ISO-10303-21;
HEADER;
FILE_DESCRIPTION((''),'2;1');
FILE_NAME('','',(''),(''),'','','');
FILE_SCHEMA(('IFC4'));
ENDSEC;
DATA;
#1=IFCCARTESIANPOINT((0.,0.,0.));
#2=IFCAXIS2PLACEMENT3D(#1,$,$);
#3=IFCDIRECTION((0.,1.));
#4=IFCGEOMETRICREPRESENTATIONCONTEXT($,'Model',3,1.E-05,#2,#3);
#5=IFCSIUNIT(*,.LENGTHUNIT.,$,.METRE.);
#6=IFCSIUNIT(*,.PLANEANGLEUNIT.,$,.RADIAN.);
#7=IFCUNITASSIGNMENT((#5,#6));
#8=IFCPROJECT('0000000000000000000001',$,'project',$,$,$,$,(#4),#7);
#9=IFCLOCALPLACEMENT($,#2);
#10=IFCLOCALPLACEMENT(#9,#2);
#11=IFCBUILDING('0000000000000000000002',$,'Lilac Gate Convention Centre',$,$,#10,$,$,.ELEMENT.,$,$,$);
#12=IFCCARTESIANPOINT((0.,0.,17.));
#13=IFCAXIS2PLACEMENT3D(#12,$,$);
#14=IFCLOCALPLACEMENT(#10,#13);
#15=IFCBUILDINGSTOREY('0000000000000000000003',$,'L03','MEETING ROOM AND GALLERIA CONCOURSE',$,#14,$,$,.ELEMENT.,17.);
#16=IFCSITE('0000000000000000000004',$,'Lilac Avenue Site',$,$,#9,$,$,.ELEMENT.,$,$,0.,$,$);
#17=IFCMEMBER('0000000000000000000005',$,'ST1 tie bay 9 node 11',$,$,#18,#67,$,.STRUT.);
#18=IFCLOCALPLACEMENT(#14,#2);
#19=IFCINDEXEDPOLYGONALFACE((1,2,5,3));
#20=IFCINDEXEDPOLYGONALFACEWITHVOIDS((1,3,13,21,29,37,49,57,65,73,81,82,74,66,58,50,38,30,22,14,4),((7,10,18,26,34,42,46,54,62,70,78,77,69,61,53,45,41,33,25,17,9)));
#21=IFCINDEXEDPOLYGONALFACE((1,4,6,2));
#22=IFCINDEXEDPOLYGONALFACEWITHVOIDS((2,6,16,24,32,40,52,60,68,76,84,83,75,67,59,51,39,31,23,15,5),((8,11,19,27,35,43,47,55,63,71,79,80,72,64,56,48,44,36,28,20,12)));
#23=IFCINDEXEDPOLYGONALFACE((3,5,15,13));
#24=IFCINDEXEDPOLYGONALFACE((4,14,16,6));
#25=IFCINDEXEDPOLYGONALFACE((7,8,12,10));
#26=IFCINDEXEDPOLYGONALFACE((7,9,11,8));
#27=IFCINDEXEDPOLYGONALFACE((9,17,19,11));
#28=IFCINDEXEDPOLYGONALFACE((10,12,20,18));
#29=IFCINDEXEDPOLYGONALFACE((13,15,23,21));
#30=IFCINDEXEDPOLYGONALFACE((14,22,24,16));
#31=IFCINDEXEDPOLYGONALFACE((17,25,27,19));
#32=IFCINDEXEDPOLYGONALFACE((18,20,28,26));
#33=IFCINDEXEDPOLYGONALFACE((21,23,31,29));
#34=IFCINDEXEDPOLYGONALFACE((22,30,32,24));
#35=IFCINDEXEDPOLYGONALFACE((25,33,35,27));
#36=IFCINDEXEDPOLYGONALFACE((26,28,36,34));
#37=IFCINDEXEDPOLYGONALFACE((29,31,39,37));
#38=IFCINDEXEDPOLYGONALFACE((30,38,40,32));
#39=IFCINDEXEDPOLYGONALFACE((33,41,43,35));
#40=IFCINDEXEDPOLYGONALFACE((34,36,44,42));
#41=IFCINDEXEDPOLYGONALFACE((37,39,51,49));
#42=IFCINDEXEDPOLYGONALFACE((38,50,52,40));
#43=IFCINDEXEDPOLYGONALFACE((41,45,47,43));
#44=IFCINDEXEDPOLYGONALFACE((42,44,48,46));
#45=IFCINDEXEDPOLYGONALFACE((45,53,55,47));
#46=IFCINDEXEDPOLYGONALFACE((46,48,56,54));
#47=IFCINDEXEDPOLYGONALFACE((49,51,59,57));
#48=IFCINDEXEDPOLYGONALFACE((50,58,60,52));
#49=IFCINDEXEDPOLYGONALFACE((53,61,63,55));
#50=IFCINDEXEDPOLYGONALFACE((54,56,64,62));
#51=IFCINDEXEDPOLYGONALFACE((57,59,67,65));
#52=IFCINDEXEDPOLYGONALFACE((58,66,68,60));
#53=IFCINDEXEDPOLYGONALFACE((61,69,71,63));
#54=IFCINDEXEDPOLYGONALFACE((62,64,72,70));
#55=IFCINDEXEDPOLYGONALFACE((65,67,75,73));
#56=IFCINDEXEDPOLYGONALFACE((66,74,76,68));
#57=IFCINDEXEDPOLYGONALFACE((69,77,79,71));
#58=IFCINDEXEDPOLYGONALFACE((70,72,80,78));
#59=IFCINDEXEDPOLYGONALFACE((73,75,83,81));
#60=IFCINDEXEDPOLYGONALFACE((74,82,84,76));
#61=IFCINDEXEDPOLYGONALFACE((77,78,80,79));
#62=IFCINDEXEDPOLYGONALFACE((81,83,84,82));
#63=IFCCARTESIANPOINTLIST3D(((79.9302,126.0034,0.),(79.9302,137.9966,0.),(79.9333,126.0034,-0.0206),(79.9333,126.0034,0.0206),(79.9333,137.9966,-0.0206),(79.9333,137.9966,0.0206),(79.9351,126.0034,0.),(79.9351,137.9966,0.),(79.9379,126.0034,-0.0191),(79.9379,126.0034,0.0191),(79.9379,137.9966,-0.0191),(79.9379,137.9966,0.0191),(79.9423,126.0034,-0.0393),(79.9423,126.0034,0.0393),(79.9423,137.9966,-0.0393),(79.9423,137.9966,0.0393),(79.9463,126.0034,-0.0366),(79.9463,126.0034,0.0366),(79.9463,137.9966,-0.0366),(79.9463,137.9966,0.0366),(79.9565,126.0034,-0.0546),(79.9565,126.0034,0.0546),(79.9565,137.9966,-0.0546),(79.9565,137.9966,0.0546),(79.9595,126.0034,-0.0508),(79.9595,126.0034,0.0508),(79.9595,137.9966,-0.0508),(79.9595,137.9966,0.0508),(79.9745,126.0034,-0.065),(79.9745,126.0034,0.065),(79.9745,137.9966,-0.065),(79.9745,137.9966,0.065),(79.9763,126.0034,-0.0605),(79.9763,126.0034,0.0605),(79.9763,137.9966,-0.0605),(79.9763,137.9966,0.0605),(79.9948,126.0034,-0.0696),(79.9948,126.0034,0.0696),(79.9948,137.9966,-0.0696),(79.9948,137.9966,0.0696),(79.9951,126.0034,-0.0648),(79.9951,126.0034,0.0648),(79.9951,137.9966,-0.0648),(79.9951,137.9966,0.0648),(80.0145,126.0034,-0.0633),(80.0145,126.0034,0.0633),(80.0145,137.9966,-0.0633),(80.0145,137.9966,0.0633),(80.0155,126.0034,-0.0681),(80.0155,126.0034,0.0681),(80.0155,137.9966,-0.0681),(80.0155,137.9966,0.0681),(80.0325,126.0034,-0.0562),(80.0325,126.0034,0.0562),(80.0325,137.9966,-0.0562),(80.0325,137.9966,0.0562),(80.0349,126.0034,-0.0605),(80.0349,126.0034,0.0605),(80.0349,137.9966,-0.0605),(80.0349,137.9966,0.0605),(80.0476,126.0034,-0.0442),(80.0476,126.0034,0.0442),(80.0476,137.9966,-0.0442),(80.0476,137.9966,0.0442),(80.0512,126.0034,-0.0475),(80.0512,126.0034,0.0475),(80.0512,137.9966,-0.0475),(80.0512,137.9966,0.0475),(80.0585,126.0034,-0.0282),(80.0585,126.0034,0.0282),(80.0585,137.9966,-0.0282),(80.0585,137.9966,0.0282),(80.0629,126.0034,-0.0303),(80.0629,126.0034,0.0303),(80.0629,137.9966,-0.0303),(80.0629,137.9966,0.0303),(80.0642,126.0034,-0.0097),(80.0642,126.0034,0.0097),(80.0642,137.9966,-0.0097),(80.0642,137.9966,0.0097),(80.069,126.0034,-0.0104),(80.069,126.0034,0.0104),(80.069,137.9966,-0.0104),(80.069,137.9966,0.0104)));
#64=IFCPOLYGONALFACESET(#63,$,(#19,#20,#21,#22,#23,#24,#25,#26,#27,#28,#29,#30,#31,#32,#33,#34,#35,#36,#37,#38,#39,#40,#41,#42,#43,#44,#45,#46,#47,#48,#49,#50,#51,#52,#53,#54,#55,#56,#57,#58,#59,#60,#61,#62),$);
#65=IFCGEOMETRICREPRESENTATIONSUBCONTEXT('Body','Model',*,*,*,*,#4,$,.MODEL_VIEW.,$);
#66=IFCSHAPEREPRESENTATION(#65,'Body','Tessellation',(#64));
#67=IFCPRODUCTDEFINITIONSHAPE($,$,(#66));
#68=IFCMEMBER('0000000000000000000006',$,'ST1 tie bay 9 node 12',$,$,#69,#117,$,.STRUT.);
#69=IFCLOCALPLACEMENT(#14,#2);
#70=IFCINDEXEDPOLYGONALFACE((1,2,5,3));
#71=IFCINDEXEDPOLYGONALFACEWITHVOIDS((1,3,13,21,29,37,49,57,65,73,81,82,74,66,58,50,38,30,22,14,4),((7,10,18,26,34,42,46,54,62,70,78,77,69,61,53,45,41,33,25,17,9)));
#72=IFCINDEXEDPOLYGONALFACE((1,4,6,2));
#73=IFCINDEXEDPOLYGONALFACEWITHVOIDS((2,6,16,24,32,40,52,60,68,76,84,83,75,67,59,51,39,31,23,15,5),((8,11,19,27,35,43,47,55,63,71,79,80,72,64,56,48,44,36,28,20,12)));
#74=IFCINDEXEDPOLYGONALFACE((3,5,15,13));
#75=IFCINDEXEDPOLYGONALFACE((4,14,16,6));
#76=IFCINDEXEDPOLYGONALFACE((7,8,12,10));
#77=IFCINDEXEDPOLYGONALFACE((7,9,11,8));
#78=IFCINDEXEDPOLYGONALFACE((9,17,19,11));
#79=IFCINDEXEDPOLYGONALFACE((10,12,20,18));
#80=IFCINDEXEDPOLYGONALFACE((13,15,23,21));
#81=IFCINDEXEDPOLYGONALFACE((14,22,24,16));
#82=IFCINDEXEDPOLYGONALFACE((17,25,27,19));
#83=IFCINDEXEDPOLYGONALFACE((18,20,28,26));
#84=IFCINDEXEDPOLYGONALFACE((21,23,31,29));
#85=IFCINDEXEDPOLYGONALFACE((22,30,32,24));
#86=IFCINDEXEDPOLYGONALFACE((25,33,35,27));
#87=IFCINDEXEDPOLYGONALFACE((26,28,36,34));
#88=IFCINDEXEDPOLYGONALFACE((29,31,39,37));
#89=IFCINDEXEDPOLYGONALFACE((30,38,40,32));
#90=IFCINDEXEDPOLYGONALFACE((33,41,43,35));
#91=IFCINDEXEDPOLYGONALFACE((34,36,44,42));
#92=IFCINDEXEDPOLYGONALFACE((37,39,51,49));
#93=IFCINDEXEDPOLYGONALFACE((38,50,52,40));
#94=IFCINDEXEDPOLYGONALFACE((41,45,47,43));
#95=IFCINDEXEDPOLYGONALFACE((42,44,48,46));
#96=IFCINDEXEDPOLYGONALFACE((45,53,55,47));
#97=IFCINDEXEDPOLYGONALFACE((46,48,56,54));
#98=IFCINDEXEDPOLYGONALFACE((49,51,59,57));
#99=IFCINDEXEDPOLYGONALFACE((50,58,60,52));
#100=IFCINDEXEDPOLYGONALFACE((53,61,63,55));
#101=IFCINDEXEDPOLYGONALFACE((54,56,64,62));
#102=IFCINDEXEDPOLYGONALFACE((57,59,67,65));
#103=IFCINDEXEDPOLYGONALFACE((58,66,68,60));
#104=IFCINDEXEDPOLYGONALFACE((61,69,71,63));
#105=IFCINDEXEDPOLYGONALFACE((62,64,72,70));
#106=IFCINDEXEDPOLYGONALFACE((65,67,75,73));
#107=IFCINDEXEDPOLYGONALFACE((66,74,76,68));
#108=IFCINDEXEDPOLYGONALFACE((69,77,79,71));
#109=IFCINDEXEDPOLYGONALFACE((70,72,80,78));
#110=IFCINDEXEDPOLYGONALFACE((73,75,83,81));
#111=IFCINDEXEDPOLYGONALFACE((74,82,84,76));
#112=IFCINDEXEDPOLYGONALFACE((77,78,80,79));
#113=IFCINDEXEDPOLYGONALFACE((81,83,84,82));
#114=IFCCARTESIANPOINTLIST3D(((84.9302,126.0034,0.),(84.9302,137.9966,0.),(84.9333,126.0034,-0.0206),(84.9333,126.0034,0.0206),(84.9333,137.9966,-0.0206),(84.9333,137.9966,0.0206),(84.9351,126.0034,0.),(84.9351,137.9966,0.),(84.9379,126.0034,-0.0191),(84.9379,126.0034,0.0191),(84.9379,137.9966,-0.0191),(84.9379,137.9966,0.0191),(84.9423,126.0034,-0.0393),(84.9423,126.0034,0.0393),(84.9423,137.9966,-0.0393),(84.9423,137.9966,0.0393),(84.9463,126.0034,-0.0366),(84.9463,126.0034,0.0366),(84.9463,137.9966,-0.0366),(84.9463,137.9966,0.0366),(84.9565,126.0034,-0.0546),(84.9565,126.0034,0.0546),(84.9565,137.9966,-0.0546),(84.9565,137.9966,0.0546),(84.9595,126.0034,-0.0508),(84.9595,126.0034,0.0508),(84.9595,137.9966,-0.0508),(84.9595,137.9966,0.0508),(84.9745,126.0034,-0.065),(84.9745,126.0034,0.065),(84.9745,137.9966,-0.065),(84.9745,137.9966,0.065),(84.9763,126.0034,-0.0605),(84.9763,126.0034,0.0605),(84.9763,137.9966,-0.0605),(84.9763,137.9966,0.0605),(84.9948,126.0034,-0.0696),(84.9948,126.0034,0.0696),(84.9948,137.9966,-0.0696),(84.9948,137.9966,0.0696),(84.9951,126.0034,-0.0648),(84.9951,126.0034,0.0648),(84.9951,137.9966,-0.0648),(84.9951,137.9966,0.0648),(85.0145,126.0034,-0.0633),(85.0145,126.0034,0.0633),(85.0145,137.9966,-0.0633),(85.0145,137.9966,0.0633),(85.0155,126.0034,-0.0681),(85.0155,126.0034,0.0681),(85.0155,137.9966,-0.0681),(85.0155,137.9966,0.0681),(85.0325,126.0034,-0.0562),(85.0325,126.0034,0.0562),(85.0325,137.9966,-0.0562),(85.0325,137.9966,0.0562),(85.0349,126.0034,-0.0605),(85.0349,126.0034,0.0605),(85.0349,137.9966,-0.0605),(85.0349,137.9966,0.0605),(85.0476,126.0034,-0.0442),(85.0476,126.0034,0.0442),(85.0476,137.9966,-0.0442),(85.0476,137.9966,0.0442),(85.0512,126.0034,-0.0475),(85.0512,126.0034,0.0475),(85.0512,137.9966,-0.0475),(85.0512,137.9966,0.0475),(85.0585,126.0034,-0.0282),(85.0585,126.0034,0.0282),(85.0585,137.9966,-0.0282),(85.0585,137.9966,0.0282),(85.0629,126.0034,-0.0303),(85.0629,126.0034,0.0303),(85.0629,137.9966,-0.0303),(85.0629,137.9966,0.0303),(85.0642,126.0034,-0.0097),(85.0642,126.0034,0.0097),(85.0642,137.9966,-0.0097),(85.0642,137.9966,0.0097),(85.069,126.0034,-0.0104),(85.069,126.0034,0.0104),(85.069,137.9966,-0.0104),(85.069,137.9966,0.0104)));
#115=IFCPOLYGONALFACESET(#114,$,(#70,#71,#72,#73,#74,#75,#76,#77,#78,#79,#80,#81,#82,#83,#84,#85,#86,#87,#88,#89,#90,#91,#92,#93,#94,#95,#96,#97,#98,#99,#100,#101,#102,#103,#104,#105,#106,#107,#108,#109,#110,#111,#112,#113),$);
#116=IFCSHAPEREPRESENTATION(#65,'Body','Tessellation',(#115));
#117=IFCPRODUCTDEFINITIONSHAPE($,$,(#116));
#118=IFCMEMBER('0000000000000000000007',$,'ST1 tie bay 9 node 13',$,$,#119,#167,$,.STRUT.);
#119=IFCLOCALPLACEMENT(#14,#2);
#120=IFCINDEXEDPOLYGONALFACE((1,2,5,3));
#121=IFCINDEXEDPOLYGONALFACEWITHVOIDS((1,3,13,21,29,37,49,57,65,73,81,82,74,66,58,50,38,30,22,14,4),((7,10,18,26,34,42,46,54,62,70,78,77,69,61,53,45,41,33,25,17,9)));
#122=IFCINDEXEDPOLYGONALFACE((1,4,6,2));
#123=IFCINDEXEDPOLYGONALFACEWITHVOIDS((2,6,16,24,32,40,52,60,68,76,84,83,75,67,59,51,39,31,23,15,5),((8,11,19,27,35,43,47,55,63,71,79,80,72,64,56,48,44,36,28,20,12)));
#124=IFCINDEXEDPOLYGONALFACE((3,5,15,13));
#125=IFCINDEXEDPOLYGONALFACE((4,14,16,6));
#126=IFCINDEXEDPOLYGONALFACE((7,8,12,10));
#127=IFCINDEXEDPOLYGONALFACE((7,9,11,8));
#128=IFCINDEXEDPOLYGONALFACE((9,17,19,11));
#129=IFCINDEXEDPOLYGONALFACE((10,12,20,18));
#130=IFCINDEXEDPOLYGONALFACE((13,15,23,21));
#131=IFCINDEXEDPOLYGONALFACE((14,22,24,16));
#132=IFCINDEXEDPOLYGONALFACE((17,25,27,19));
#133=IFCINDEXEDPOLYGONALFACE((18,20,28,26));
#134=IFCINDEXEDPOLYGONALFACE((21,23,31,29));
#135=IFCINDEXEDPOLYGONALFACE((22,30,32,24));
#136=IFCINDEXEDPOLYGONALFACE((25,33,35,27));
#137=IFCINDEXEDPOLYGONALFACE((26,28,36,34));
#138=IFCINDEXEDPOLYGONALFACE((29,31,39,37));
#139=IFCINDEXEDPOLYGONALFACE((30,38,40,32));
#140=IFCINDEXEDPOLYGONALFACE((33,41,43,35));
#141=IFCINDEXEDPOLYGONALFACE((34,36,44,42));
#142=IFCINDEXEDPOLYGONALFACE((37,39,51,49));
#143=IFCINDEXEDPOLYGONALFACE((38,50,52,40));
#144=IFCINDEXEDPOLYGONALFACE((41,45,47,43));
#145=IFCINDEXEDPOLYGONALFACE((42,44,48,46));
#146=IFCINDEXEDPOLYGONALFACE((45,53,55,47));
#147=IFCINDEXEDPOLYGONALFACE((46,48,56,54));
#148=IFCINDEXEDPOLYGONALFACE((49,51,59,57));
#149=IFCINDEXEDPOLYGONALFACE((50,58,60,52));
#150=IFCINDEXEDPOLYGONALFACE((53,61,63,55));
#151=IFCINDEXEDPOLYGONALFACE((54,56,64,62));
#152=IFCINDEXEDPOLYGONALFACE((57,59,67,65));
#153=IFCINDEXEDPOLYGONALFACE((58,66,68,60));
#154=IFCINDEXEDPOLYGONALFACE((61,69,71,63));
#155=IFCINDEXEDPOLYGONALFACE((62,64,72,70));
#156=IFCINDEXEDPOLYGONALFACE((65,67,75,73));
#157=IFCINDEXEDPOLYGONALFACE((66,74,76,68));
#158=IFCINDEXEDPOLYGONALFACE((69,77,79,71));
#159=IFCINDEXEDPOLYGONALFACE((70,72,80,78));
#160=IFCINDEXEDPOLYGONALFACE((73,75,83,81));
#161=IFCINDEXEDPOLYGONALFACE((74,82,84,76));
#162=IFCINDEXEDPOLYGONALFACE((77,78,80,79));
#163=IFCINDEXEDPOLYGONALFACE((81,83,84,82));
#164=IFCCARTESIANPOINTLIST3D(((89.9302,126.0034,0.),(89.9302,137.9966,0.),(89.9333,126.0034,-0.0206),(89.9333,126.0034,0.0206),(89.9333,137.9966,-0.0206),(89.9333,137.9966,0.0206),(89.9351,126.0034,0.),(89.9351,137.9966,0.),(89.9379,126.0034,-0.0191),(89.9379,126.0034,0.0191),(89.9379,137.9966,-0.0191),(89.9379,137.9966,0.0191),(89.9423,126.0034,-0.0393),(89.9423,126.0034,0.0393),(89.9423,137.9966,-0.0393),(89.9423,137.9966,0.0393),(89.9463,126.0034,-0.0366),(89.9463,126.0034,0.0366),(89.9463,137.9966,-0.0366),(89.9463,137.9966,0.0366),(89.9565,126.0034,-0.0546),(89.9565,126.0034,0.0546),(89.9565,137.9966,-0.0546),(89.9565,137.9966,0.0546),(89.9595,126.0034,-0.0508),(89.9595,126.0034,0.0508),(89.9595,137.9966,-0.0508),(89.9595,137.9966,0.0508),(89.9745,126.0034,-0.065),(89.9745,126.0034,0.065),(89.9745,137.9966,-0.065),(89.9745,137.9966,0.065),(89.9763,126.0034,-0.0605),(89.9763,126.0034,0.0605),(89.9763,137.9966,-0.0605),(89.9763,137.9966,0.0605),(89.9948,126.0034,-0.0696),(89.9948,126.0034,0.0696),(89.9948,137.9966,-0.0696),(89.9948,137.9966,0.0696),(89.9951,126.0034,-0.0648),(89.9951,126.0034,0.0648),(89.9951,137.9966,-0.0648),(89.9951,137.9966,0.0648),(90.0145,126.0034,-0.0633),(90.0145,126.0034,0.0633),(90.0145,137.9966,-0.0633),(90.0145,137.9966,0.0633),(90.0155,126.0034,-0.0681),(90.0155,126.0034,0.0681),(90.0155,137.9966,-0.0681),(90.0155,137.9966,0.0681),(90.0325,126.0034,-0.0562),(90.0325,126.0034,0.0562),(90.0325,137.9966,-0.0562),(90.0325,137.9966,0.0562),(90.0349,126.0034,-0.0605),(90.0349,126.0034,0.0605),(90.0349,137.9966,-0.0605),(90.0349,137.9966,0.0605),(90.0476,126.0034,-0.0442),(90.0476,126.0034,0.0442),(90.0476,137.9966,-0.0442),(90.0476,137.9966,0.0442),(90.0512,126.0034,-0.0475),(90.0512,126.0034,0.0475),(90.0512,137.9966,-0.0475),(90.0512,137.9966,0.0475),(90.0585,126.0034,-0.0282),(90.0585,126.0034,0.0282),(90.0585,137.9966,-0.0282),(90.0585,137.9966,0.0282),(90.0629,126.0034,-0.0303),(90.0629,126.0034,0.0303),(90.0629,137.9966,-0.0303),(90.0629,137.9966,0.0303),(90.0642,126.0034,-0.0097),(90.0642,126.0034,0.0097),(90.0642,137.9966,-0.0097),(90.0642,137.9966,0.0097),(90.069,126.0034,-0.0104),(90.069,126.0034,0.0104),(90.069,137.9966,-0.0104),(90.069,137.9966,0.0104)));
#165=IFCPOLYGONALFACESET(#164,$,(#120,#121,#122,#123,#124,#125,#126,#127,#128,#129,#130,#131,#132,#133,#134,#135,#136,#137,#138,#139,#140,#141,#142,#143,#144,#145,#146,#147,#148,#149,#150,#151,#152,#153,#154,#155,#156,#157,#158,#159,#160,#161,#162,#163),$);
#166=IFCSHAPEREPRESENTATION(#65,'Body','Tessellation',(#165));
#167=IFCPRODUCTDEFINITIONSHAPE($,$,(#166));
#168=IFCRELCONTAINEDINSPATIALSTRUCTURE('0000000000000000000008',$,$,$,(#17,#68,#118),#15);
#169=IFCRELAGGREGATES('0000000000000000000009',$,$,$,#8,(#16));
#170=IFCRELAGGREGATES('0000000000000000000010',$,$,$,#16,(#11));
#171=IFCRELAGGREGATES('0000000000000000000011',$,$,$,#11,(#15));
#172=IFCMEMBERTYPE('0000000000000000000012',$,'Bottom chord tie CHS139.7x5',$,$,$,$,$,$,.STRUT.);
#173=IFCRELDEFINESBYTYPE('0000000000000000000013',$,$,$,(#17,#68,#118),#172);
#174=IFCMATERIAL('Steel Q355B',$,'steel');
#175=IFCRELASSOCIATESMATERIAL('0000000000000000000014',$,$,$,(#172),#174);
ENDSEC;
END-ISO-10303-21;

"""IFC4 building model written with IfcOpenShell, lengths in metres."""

from ifc_helpers import new_model, si_unit, direction, frame, origin, origin_2d, place, context, subcontext, project, spatial, hollow_circle, extrude, material, material_profile, profile_set, type_object, element, save


model = new_model("IFC4")

# Units and contexts
model_context = context("Model", 3, precision=1e-05, world=origin(), true_north=direction((0.0, 1.0)))
body_context = subcontext(model_context, "Body", "Model", "MODEL_VIEW")
ifc_project = project(units=[si_unit("LENGTHUNIT", "METRE"), si_unit("PLANEANGLEUNIT", "RADIAN")], contexts=[model_context])

# Site, building, storey
site_placement = place(None, origin())
site = spatial("IfcSite", under=ifc_project, at=site_placement, Name="Lilac Avenue Site", CompositionType="ELEMENT", RefElevation=0.0)
building_placement = place(site_placement, origin())
building = spatial("IfcBuilding", under=site, at=building_placement, Name="Lilac Gate Convention Centre", CompositionType="ELEMENT")
storey_placement = place(building_placement, frame((0.0, 0.0, 17.0)))
storey = spatial("IfcBuildingStorey", under=building, at=storey_placement, Name="L03", Description="MEETING ROOM AND GALLERIA CONCOURSE", CompositionType="ELEMENT", Elevation=17.0)

# Members
ifc_material = material(Name="Steel Q355B", Category="steel")
ifc_material_profile_1 = material_profile(ifc_material, hollow_circle(Radius=0.0698, WallThickness=0.0049, at=origin_2d()), Name="CHS139.7x5")
ifc_profile_set_1 = profile_set([ifc_material_profile_1], Name="Steel Q355B")
member_type_1 = type_object("IfcMemberType", Name="Bottom chord tie CHS139.7x5", PredefinedType="STRUT", material=ifc_profile_set_1)
for number, where, z_axis, x_axis, name in (
    (1, (80.0, 126.0034, 0.0), (0.0, 1.0, 0.0), (-1.0, 0.0, 0.0), "ST1 tie bay 9 node 11"),
    (2, (85.0, 126.0034, 0.0), (0.0, 1.0, 0.0), (-1.0, 0.0, 0.0), "ST1 tie bay 9 node 12"),
    (3, (90.0, 126.0034, 0.0), (0.0, 1.0, 0.0), (-1.0, 0.0, 0.0), "ST1 tie bay 9 node 13"),
):
    element("IfcMember", number, at=place(storey_placement, frame(where, z_axis=z_axis, x_axis=x_axis)), inside=storey, type_object=member_type_1, Name=name, PredefinedType="STRUT", context=body_context, shape_type="SweptSolid", body=[
        extrude(hollow_circle(Radius=0.0698, WallThickness=0.0049, at=origin_2d()), origin(), (0.0, 0.0, 1.0), 11.9932),
    ])

save(model, "model.ifc")
